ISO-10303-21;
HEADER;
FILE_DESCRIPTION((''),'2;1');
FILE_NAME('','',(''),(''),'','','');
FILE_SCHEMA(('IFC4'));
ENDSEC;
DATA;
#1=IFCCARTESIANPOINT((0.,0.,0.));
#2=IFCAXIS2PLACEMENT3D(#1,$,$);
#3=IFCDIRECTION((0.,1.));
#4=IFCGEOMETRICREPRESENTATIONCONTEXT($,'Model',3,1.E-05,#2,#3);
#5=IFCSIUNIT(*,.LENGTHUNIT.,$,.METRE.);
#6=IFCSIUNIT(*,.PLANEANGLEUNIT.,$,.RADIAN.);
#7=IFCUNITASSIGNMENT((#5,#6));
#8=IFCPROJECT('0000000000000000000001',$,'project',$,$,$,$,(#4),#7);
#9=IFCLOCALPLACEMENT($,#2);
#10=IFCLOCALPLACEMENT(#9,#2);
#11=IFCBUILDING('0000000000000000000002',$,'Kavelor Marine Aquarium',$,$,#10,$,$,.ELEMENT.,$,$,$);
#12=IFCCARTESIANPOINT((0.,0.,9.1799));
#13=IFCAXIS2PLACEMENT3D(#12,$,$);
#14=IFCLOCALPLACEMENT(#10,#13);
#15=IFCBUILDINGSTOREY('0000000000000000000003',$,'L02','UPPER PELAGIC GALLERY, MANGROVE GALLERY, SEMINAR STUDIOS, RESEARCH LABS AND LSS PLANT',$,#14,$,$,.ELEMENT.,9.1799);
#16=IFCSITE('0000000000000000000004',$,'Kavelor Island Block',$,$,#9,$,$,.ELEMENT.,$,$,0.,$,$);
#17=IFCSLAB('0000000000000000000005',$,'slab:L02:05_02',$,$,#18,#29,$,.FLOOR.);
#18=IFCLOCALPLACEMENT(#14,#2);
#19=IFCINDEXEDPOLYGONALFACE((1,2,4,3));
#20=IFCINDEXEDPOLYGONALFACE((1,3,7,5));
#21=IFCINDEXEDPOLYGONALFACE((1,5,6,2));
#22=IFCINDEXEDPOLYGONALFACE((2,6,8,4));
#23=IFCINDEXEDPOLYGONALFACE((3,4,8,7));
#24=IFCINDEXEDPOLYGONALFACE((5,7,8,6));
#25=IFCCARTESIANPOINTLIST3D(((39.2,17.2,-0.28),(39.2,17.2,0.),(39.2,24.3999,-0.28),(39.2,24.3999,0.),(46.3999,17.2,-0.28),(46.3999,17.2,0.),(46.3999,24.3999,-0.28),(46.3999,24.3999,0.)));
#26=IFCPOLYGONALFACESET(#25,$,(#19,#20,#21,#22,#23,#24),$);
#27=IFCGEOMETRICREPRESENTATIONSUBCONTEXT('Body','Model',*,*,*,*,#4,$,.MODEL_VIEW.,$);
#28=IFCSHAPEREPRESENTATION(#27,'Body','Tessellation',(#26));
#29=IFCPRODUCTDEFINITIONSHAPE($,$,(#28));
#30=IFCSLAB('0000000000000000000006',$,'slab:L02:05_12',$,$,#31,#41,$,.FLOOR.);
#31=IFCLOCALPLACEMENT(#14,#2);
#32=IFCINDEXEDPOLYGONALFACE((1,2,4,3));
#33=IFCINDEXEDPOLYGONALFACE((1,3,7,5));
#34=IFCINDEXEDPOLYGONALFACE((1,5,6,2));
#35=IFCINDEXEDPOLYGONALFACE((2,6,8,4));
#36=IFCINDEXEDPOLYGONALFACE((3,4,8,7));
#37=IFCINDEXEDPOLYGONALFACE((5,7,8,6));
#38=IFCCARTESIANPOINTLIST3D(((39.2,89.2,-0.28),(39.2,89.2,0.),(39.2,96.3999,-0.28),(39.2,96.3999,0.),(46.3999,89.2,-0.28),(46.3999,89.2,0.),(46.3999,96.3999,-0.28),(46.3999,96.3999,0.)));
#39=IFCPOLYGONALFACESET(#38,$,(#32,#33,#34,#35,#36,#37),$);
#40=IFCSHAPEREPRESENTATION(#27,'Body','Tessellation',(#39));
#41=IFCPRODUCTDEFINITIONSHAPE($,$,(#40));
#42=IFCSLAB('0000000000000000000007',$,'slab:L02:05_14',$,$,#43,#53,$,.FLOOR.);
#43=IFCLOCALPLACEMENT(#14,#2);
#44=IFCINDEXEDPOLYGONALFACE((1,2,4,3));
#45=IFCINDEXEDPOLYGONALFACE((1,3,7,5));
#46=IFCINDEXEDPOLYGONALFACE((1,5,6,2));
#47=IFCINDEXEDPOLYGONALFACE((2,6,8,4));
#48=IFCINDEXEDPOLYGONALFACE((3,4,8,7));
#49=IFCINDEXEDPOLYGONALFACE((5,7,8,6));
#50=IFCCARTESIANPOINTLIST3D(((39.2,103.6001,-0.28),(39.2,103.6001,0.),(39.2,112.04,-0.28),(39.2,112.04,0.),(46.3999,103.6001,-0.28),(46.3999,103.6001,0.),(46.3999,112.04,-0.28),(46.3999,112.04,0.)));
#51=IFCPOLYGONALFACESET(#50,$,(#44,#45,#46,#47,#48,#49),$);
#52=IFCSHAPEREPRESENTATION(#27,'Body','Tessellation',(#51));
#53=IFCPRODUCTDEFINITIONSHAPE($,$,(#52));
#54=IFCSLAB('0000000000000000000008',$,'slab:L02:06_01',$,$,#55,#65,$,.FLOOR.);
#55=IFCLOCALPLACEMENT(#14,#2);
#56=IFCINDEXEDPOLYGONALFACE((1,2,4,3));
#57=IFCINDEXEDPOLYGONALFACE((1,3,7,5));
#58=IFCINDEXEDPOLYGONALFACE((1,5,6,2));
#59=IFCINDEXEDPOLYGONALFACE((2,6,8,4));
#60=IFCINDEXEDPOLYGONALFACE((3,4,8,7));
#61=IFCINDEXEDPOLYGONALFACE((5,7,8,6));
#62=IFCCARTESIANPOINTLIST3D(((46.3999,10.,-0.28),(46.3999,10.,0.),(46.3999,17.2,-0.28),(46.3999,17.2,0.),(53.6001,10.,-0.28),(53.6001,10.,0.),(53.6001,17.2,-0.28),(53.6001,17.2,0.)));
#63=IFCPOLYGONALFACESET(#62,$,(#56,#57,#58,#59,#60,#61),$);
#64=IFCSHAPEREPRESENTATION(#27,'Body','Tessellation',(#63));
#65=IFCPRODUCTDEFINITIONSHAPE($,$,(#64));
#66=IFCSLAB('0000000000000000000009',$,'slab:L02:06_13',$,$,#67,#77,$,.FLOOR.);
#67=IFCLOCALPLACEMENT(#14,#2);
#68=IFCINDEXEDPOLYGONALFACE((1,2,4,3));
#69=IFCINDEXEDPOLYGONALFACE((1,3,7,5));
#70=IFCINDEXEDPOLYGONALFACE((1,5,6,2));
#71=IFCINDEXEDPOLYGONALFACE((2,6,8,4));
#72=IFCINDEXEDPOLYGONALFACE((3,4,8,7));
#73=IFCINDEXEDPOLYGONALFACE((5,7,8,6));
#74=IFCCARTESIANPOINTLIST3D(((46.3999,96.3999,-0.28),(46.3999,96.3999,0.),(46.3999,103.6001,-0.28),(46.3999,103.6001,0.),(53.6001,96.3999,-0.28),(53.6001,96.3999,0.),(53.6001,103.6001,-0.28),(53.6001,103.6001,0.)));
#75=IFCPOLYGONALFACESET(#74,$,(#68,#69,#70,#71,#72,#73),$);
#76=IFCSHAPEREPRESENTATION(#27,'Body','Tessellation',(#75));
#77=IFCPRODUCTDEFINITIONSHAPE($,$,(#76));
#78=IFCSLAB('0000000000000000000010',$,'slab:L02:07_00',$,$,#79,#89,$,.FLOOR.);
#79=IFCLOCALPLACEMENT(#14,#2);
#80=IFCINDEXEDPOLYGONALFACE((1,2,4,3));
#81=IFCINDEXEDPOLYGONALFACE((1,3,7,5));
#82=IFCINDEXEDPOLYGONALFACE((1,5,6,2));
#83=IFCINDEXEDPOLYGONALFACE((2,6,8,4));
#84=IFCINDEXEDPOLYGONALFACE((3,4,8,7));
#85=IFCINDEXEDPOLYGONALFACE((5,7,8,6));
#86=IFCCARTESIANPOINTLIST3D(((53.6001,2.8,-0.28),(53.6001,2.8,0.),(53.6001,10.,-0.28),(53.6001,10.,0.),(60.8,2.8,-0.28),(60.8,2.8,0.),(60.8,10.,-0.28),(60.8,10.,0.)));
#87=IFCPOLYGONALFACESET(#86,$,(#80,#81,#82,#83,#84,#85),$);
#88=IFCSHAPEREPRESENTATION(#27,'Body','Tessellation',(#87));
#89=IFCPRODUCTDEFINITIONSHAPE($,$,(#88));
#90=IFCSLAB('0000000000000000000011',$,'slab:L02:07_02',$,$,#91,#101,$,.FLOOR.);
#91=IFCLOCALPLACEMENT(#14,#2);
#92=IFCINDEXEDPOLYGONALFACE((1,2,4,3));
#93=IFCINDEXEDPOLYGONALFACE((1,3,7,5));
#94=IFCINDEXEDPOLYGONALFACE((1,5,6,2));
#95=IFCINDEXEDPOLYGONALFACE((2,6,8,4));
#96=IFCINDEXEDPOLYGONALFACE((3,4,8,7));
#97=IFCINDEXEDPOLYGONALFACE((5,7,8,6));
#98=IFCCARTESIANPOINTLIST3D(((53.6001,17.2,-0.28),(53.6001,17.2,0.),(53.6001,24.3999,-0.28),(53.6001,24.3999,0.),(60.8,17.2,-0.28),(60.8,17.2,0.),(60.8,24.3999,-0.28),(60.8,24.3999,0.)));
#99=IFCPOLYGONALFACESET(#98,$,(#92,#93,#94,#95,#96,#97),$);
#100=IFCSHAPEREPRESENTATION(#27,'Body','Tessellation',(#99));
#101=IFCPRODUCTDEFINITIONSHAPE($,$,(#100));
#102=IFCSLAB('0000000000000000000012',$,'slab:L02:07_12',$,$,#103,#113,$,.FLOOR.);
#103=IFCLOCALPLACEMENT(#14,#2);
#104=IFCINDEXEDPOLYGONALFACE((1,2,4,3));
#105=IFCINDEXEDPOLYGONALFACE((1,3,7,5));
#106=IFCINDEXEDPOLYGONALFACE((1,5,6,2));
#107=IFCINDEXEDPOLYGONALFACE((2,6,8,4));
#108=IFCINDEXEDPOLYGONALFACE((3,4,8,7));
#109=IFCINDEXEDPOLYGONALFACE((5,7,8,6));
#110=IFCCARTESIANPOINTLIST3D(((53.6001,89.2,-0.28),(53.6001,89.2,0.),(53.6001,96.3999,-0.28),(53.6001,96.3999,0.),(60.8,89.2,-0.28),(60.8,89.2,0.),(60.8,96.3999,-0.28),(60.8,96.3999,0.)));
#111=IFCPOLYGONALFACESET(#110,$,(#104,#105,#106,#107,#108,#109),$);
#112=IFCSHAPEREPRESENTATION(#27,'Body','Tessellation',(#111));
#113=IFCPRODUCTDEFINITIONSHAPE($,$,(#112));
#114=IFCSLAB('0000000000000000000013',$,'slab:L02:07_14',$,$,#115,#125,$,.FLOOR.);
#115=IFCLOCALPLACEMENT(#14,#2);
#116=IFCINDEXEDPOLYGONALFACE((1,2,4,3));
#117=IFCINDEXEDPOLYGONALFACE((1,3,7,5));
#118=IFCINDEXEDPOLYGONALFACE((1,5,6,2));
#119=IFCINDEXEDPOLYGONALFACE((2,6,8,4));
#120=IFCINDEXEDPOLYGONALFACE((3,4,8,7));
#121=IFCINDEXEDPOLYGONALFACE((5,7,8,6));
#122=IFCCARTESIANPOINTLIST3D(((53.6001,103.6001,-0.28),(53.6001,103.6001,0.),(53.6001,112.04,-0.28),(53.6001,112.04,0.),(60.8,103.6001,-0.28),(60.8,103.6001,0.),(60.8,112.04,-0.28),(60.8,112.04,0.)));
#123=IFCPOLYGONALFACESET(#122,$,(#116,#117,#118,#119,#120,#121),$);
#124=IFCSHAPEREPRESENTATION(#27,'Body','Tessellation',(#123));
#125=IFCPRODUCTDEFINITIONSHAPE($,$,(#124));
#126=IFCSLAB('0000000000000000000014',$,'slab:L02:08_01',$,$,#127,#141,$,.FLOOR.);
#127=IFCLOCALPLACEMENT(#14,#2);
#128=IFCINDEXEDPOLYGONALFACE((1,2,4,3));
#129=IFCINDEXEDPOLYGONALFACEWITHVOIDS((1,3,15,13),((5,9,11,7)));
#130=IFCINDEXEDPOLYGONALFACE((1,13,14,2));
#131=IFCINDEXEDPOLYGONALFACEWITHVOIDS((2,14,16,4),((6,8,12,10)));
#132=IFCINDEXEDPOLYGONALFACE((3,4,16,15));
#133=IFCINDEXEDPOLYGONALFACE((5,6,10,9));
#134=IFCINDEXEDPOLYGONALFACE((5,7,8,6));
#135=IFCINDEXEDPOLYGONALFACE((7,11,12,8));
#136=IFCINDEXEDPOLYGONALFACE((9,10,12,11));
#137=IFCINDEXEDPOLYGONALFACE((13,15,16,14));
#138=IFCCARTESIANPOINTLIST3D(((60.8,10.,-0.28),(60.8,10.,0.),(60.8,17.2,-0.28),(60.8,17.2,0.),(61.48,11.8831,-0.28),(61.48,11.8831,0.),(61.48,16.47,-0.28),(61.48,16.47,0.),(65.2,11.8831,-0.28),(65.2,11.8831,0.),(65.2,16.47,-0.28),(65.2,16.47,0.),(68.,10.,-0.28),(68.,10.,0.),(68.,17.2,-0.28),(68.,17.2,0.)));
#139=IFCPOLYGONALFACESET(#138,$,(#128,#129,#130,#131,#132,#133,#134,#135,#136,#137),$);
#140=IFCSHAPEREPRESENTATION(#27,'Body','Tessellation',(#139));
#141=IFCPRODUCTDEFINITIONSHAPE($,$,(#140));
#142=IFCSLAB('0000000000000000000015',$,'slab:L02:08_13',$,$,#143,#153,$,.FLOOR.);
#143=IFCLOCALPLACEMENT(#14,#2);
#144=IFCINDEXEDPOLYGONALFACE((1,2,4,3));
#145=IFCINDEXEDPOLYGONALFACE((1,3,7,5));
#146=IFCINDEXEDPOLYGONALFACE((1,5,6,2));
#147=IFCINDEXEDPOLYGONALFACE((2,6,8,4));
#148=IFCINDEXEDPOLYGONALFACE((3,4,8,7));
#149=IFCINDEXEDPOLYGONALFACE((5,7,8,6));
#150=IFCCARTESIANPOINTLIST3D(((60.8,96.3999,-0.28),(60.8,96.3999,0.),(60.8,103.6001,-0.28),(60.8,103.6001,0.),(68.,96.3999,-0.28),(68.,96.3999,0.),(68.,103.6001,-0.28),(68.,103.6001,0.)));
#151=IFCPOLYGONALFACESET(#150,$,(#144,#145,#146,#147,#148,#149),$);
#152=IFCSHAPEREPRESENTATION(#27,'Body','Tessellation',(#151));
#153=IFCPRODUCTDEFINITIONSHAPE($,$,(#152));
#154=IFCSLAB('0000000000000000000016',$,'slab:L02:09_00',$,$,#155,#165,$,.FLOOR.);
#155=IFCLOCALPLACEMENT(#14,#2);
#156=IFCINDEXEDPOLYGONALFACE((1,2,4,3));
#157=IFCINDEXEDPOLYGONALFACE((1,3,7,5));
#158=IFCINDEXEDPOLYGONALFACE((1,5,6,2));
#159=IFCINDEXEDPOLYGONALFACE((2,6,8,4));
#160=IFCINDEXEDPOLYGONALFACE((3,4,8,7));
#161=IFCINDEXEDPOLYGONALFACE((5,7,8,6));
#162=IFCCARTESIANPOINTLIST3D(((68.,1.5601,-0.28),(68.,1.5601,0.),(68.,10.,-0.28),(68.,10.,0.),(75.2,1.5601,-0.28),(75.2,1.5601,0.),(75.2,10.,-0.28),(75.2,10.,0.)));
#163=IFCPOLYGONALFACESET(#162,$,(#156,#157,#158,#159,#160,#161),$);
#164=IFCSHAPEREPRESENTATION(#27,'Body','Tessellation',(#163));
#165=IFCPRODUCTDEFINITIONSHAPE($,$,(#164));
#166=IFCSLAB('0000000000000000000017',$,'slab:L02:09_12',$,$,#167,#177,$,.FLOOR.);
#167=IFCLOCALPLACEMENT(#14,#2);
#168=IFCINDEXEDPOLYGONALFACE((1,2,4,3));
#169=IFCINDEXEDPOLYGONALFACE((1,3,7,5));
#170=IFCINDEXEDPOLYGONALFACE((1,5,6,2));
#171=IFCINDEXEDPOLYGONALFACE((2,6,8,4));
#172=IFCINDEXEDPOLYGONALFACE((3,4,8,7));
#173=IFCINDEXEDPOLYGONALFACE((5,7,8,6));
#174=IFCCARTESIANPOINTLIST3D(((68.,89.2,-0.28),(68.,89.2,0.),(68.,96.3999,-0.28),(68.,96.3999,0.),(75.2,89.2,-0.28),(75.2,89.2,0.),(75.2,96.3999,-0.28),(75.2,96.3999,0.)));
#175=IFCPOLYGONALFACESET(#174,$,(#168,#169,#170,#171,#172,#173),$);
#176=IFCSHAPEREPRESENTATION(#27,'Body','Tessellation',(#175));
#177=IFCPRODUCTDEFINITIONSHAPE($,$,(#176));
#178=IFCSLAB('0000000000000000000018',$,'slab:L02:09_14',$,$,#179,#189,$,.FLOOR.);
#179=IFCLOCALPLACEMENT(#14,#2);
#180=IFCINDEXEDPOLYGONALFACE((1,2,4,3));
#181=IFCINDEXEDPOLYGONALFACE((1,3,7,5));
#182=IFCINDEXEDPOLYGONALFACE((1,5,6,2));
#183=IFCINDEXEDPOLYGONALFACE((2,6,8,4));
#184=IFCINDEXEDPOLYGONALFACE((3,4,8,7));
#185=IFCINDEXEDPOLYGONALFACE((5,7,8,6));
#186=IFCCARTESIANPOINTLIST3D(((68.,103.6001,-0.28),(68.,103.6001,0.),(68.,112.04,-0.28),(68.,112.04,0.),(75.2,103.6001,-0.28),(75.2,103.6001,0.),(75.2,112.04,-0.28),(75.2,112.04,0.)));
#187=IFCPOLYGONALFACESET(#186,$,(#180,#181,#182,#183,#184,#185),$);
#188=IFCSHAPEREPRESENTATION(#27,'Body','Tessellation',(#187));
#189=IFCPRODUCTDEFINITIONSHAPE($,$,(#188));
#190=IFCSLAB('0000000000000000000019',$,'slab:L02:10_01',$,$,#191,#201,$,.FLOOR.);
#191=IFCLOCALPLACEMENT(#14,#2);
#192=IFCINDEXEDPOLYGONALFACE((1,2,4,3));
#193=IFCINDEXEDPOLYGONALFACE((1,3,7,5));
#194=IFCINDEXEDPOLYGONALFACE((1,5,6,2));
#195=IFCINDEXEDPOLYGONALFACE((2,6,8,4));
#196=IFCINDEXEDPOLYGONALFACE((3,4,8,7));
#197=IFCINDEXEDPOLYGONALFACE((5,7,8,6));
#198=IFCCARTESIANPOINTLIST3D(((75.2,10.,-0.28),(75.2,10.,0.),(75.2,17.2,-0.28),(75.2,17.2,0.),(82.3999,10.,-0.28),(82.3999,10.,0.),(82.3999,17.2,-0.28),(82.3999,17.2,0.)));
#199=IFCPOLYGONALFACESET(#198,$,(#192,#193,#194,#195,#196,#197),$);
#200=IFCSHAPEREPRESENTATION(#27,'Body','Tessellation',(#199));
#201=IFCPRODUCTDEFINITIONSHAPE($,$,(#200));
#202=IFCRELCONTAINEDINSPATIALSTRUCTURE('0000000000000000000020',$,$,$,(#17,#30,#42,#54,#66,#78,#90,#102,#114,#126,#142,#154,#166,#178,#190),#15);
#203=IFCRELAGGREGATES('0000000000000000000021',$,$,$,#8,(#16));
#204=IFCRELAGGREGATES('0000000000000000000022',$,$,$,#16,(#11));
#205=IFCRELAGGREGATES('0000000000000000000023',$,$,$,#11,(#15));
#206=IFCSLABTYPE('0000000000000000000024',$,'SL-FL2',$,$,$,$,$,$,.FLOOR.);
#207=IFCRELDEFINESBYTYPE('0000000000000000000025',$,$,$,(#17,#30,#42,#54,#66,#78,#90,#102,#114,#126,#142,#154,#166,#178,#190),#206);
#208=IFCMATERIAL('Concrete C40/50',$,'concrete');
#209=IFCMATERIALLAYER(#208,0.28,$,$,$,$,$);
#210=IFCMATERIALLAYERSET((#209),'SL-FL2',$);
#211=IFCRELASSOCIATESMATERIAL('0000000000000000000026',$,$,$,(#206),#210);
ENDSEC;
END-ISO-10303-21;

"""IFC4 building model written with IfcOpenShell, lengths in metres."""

from ifc_helpers import new_model, si_unit, direction, frame, origin, place, context, subcontext, project, spatial, polyline, outline, extrude, material, layer, layer_set, type_object, element, save


model = new_model("IFC4")

# Units and contexts
model_context = context("Model", 3, precision=1e-05, world=origin(), true_north=direction((0.0, 1.0)))
body_context = subcontext(model_context, "Body", "Model", "MODEL_VIEW")
ifc_project = project(units=[si_unit("LENGTHUNIT", "METRE"), si_unit("PLANEANGLEUNIT", "RADIAN")], contexts=[model_context])

# Site, building, storey
site_placement = place(None, origin())
site = spatial("IfcSite", under=ifc_project, at=site_placement, Name="Kavelor Island Block", CompositionType="ELEMENT", RefElevation=0.0)
building_placement = place(site_placement, origin())
building = spatial("IfcBuilding", under=site, at=building_placement, Name="Kavelor Marine Aquarium", CompositionType="ELEMENT")
storey_placement = place(building_placement, frame((0.0, 0.0, 9.1799)))
storey = spatial("IfcBuildingStorey", under=building, at=storey_placement, Name="L02", Description="UPPER PELAGIC GALLERY, MANGROVE GALLERY, SEMINAR STUDIOS, RESEARCH LABS AND LSS PLANT", CompositionType="ELEMENT", Elevation=9.1799)

# Slabs
ifc_material = material(Name="Concrete C40/50", Category="concrete")
ifc_layer = layer(ifc_material, 0.28)
ifc_layer_set = layer_set([ifc_layer], Name="SL-FL2")
slab_type = type_object("IfcSlabType", Name="SL-FL2", PredefinedType="FLOOR", material=ifc_layer_set)
slab_1_placement = place(storey_placement, frame((0.0, 0.0, -0.28)))
element("IfcSlab", 1, at=slab_1_placement, inside=storey, type_object=slab_type, Name="slab:L02:05_02", PredefinedType="FLOOR", context=body_context, shape_type="SweptSolid", body=[
    extrude(outline(polyline([(39.2, 17.2), (46.3999, 17.2), (46.3999, 24.3999), (39.2, 24.3999), (39.2, 17.2)])), origin(), (0.0, 0.0, 1.0), 0.28),
])
slab_2_placement = place(storey_placement, frame((0.0, 0.0, -0.28)))
element("IfcSlab", 2, at=slab_2_placement, inside=storey, type_object=slab_type, Name="slab:L02:05_12", PredefinedType="FLOOR", context=body_context, shape_type="SweptSolid", body=[
    extrude(outline(polyline([(39.2, 89.2), (46.3999, 89.2), (46.3999, 96.3999), (39.2, 96.3999), (39.2, 89.2)])), origin(), (0.0, 0.0, 1.0), 0.28),
])
slab_3_placement = place(storey_placement, frame((0.0, 0.0, -0.28)))
element("IfcSlab", 3, at=slab_3_placement, inside=storey, type_object=slab_type, Name="slab:L02:05_14", PredefinedType="FLOOR", context=body_context, shape_type="SweptSolid", body=[
    extrude(outline(polyline([(39.2, 103.6001), (46.3999, 103.6001), (46.3999, 112.04), (39.2, 112.04), (39.2, 103.6001)])), origin(), (0.0, 0.0, 1.0), 0.28),
])
slab_4_placement = place(storey_placement, frame((0.0, 0.0, -0.28)))
element("IfcSlab", 4, at=slab_4_placement, inside=storey, type_object=slab_type, Name="slab:L02:06_01", PredefinedType="FLOOR", context=body_context, shape_type="SweptSolid", body=[
    extrude(outline(polyline([(46.3999, 10.0), (53.6001, 10.0), (53.6001, 17.2), (46.3999, 17.2), (46.3999, 10.0)])), origin(), (0.0, 0.0, 1.0), 0.28),
])
slab_5_placement = place(storey_placement, frame((0.0, 0.0, -0.28)))
element("IfcSlab", 5, at=slab_5_placement, inside=storey, type_object=slab_type, Name="slab:L02:06_13", PredefinedType="FLOOR", context=body_context, shape_type="SweptSolid", body=[
    extrude(outline(polyline([(46.3999, 96.3999), (53.6001, 96.3999), (53.6001, 103.6001), (46.3999, 103.6001), (46.3999, 96.3999)])), origin(), (0.0, 0.0, 1.0), 0.28),
])
slab_6_placement = place(storey_placement, frame((0.0, 0.0, -0.28)))
element("IfcSlab", 6, at=slab_6_placement, inside=storey, type_object=slab_type, Name="slab:L02:07_00", PredefinedType="FLOOR", context=body_context, shape_type="SweptSolid", body=[
    extrude(outline(polyline([(53.6001, 2.8), (60.8, 2.8), (60.8, 10.0), (53.6001, 10.0), (53.6001, 2.8)])), origin(), (0.0, 0.0, 1.0), 0.28),
])
slab_7_placement = place(storey_placement, frame((0.0, 0.0, -0.28)))
element("IfcSlab", 7, at=slab_7_placement, inside=storey, type_object=slab_type, Name="slab:L02:07_02", PredefinedType="FLOOR", context=body_context, shape_type="SweptSolid", body=[
    extrude(outline(polyline([(53.6001, 17.2), (60.8, 17.2), (60.8, 24.3999), (53.6001, 24.3999), (53.6001, 17.2)])), origin(), (0.0, 0.0, 1.0), 0.28),
])
slab_8_placement = place(storey_placement, frame((0.0, 0.0, -0.28)))
element("IfcSlab", 8, at=slab_8_placement, inside=storey, type_object=slab_type, Name="slab:L02:07_12", PredefinedType="FLOOR", context=body_context, shape_type="SweptSolid", body=[
    extrude(outline(polyline([(53.6001, 89.2), (60.8, 89.2), (60.8, 96.3999), (53.6001, 96.3999), (53.6001, 89.2)])), origin(), (0.0, 0.0, 1.0), 0.28),
])
slab_9_placement = place(storey_placement, frame((0.0, 0.0, -0.28)))
element("IfcSlab", 9, at=slab_9_placement, inside=storey, type_object=slab_type, Name="slab:L02:07_14", PredefinedType="FLOOR", context=body_context, shape_type="SweptSolid", body=[
    extrude(outline(polyline([(53.6001, 103.6001), (60.8, 103.6001), (60.8, 112.04), (53.6001, 112.04), (53.6001, 103.6001)])), origin(), (0.0, 0.0, 1.0), 0.28),
])
slab_10_placement = place(storey_placement, frame((0.0, 0.0, -0.28)))
element("IfcSlab", 10, at=slab_10_placement, inside=storey, type_object=slab_type, Name="slab:L02:08_01", PredefinedType="FLOOR", context=body_context, shape_type="SweptSolid", body=[
    extrude(outline(polyline([(60.8, 10.0), (68.0, 10.0), (68.0, 17.2), (60.8, 17.2), (60.8, 10.0)]), holes=[polyline([(61.48, 11.8831), (65.2, 11.8831), (65.2, 16.47), (61.48, 16.47), (61.48, 11.8831)])]), origin(), (0.0, 0.0, 1.0), 0.28),
])
slab_11_placement = place(storey_placement, frame((0.0, 0.0, -0.28)))
element("IfcSlab", 11, at=slab_11_placement, inside=storey, type_object=slab_type, Name="slab:L02:08_13", PredefinedType="FLOOR", context=body_context, shape_type="SweptSolid", body=[
    extrude(outline(polyline([(60.8, 96.3999), (68.0, 96.3999), (68.0, 103.6001), (60.8, 103.6001), (60.8, 96.3999)])), origin(), (0.0, 0.0, 1.0), 0.28),
])
slab_12_placement = place(storey_placement, frame((0.0, 0.0, -0.28)))
element("IfcSlab", 12, at=slab_12_placement, inside=storey, type_object=slab_type, Name="slab:L02:09_00", PredefinedType="FLOOR", context=body_context, shape_type="SweptSolid", body=[
    extrude(outline(polyline([(68.0, 1.5601), (75.2, 1.5601), (75.2, 10.0), (68.0, 10.0), (68.0, 1.5601)])), origin(), (0.0, 0.0, 1.0), 0.28),
])
slab_13_placement = place(storey_placement, frame((0.0, 0.0, -0.28)))
element("IfcSlab", 13, at=slab_13_placement, inside=storey, type_object=slab_type, Name="slab:L02:09_12", PredefinedType="FLOOR", context=body_context, shape_type="SweptSolid", body=[
    extrude(outline(polyline([(68.0, 89.2), (75.2, 89.2), (75.2, 96.3999), (68.0, 96.3999), (68.0, 89.2)])), origin(), (0.0, 0.0, 1.0), 0.28),
])
slab_14_placement = place(storey_placement, frame((0.0, 0.0, -0.28)))
element("IfcSlab", 14, at=slab_14_placement, inside=storey, type_object=slab_type, Name="slab:L02:09_14", PredefinedType="FLOOR", context=body_context, shape_type="SweptSolid", body=[
    extrude(outline(polyline([(68.0, 103.6001), (75.2, 103.6001), (75.2, 112.04), (68.0, 112.04), (68.0, 103.6001)])), origin(), (0.0, 0.0, 1.0), 0.28),
])
slab_15_placement = place(storey_placement, frame((0.0, 0.0, -0.28)))
element("IfcSlab", 15, at=slab_15_placement, inside=storey, type_object=slab_type, Name="slab:L02:10_01", PredefinedType="FLOOR", context=body_context, shape_type="SweptSolid", body=[
    extrude(outline(polyline([(75.2, 10.0), (82.3999, 10.0), (82.3999, 17.2), (75.2, 17.2), (75.2, 10.0)])), origin(), (0.0, 0.0, 1.0), 0.28),
])

save(model, "model.ifc")
